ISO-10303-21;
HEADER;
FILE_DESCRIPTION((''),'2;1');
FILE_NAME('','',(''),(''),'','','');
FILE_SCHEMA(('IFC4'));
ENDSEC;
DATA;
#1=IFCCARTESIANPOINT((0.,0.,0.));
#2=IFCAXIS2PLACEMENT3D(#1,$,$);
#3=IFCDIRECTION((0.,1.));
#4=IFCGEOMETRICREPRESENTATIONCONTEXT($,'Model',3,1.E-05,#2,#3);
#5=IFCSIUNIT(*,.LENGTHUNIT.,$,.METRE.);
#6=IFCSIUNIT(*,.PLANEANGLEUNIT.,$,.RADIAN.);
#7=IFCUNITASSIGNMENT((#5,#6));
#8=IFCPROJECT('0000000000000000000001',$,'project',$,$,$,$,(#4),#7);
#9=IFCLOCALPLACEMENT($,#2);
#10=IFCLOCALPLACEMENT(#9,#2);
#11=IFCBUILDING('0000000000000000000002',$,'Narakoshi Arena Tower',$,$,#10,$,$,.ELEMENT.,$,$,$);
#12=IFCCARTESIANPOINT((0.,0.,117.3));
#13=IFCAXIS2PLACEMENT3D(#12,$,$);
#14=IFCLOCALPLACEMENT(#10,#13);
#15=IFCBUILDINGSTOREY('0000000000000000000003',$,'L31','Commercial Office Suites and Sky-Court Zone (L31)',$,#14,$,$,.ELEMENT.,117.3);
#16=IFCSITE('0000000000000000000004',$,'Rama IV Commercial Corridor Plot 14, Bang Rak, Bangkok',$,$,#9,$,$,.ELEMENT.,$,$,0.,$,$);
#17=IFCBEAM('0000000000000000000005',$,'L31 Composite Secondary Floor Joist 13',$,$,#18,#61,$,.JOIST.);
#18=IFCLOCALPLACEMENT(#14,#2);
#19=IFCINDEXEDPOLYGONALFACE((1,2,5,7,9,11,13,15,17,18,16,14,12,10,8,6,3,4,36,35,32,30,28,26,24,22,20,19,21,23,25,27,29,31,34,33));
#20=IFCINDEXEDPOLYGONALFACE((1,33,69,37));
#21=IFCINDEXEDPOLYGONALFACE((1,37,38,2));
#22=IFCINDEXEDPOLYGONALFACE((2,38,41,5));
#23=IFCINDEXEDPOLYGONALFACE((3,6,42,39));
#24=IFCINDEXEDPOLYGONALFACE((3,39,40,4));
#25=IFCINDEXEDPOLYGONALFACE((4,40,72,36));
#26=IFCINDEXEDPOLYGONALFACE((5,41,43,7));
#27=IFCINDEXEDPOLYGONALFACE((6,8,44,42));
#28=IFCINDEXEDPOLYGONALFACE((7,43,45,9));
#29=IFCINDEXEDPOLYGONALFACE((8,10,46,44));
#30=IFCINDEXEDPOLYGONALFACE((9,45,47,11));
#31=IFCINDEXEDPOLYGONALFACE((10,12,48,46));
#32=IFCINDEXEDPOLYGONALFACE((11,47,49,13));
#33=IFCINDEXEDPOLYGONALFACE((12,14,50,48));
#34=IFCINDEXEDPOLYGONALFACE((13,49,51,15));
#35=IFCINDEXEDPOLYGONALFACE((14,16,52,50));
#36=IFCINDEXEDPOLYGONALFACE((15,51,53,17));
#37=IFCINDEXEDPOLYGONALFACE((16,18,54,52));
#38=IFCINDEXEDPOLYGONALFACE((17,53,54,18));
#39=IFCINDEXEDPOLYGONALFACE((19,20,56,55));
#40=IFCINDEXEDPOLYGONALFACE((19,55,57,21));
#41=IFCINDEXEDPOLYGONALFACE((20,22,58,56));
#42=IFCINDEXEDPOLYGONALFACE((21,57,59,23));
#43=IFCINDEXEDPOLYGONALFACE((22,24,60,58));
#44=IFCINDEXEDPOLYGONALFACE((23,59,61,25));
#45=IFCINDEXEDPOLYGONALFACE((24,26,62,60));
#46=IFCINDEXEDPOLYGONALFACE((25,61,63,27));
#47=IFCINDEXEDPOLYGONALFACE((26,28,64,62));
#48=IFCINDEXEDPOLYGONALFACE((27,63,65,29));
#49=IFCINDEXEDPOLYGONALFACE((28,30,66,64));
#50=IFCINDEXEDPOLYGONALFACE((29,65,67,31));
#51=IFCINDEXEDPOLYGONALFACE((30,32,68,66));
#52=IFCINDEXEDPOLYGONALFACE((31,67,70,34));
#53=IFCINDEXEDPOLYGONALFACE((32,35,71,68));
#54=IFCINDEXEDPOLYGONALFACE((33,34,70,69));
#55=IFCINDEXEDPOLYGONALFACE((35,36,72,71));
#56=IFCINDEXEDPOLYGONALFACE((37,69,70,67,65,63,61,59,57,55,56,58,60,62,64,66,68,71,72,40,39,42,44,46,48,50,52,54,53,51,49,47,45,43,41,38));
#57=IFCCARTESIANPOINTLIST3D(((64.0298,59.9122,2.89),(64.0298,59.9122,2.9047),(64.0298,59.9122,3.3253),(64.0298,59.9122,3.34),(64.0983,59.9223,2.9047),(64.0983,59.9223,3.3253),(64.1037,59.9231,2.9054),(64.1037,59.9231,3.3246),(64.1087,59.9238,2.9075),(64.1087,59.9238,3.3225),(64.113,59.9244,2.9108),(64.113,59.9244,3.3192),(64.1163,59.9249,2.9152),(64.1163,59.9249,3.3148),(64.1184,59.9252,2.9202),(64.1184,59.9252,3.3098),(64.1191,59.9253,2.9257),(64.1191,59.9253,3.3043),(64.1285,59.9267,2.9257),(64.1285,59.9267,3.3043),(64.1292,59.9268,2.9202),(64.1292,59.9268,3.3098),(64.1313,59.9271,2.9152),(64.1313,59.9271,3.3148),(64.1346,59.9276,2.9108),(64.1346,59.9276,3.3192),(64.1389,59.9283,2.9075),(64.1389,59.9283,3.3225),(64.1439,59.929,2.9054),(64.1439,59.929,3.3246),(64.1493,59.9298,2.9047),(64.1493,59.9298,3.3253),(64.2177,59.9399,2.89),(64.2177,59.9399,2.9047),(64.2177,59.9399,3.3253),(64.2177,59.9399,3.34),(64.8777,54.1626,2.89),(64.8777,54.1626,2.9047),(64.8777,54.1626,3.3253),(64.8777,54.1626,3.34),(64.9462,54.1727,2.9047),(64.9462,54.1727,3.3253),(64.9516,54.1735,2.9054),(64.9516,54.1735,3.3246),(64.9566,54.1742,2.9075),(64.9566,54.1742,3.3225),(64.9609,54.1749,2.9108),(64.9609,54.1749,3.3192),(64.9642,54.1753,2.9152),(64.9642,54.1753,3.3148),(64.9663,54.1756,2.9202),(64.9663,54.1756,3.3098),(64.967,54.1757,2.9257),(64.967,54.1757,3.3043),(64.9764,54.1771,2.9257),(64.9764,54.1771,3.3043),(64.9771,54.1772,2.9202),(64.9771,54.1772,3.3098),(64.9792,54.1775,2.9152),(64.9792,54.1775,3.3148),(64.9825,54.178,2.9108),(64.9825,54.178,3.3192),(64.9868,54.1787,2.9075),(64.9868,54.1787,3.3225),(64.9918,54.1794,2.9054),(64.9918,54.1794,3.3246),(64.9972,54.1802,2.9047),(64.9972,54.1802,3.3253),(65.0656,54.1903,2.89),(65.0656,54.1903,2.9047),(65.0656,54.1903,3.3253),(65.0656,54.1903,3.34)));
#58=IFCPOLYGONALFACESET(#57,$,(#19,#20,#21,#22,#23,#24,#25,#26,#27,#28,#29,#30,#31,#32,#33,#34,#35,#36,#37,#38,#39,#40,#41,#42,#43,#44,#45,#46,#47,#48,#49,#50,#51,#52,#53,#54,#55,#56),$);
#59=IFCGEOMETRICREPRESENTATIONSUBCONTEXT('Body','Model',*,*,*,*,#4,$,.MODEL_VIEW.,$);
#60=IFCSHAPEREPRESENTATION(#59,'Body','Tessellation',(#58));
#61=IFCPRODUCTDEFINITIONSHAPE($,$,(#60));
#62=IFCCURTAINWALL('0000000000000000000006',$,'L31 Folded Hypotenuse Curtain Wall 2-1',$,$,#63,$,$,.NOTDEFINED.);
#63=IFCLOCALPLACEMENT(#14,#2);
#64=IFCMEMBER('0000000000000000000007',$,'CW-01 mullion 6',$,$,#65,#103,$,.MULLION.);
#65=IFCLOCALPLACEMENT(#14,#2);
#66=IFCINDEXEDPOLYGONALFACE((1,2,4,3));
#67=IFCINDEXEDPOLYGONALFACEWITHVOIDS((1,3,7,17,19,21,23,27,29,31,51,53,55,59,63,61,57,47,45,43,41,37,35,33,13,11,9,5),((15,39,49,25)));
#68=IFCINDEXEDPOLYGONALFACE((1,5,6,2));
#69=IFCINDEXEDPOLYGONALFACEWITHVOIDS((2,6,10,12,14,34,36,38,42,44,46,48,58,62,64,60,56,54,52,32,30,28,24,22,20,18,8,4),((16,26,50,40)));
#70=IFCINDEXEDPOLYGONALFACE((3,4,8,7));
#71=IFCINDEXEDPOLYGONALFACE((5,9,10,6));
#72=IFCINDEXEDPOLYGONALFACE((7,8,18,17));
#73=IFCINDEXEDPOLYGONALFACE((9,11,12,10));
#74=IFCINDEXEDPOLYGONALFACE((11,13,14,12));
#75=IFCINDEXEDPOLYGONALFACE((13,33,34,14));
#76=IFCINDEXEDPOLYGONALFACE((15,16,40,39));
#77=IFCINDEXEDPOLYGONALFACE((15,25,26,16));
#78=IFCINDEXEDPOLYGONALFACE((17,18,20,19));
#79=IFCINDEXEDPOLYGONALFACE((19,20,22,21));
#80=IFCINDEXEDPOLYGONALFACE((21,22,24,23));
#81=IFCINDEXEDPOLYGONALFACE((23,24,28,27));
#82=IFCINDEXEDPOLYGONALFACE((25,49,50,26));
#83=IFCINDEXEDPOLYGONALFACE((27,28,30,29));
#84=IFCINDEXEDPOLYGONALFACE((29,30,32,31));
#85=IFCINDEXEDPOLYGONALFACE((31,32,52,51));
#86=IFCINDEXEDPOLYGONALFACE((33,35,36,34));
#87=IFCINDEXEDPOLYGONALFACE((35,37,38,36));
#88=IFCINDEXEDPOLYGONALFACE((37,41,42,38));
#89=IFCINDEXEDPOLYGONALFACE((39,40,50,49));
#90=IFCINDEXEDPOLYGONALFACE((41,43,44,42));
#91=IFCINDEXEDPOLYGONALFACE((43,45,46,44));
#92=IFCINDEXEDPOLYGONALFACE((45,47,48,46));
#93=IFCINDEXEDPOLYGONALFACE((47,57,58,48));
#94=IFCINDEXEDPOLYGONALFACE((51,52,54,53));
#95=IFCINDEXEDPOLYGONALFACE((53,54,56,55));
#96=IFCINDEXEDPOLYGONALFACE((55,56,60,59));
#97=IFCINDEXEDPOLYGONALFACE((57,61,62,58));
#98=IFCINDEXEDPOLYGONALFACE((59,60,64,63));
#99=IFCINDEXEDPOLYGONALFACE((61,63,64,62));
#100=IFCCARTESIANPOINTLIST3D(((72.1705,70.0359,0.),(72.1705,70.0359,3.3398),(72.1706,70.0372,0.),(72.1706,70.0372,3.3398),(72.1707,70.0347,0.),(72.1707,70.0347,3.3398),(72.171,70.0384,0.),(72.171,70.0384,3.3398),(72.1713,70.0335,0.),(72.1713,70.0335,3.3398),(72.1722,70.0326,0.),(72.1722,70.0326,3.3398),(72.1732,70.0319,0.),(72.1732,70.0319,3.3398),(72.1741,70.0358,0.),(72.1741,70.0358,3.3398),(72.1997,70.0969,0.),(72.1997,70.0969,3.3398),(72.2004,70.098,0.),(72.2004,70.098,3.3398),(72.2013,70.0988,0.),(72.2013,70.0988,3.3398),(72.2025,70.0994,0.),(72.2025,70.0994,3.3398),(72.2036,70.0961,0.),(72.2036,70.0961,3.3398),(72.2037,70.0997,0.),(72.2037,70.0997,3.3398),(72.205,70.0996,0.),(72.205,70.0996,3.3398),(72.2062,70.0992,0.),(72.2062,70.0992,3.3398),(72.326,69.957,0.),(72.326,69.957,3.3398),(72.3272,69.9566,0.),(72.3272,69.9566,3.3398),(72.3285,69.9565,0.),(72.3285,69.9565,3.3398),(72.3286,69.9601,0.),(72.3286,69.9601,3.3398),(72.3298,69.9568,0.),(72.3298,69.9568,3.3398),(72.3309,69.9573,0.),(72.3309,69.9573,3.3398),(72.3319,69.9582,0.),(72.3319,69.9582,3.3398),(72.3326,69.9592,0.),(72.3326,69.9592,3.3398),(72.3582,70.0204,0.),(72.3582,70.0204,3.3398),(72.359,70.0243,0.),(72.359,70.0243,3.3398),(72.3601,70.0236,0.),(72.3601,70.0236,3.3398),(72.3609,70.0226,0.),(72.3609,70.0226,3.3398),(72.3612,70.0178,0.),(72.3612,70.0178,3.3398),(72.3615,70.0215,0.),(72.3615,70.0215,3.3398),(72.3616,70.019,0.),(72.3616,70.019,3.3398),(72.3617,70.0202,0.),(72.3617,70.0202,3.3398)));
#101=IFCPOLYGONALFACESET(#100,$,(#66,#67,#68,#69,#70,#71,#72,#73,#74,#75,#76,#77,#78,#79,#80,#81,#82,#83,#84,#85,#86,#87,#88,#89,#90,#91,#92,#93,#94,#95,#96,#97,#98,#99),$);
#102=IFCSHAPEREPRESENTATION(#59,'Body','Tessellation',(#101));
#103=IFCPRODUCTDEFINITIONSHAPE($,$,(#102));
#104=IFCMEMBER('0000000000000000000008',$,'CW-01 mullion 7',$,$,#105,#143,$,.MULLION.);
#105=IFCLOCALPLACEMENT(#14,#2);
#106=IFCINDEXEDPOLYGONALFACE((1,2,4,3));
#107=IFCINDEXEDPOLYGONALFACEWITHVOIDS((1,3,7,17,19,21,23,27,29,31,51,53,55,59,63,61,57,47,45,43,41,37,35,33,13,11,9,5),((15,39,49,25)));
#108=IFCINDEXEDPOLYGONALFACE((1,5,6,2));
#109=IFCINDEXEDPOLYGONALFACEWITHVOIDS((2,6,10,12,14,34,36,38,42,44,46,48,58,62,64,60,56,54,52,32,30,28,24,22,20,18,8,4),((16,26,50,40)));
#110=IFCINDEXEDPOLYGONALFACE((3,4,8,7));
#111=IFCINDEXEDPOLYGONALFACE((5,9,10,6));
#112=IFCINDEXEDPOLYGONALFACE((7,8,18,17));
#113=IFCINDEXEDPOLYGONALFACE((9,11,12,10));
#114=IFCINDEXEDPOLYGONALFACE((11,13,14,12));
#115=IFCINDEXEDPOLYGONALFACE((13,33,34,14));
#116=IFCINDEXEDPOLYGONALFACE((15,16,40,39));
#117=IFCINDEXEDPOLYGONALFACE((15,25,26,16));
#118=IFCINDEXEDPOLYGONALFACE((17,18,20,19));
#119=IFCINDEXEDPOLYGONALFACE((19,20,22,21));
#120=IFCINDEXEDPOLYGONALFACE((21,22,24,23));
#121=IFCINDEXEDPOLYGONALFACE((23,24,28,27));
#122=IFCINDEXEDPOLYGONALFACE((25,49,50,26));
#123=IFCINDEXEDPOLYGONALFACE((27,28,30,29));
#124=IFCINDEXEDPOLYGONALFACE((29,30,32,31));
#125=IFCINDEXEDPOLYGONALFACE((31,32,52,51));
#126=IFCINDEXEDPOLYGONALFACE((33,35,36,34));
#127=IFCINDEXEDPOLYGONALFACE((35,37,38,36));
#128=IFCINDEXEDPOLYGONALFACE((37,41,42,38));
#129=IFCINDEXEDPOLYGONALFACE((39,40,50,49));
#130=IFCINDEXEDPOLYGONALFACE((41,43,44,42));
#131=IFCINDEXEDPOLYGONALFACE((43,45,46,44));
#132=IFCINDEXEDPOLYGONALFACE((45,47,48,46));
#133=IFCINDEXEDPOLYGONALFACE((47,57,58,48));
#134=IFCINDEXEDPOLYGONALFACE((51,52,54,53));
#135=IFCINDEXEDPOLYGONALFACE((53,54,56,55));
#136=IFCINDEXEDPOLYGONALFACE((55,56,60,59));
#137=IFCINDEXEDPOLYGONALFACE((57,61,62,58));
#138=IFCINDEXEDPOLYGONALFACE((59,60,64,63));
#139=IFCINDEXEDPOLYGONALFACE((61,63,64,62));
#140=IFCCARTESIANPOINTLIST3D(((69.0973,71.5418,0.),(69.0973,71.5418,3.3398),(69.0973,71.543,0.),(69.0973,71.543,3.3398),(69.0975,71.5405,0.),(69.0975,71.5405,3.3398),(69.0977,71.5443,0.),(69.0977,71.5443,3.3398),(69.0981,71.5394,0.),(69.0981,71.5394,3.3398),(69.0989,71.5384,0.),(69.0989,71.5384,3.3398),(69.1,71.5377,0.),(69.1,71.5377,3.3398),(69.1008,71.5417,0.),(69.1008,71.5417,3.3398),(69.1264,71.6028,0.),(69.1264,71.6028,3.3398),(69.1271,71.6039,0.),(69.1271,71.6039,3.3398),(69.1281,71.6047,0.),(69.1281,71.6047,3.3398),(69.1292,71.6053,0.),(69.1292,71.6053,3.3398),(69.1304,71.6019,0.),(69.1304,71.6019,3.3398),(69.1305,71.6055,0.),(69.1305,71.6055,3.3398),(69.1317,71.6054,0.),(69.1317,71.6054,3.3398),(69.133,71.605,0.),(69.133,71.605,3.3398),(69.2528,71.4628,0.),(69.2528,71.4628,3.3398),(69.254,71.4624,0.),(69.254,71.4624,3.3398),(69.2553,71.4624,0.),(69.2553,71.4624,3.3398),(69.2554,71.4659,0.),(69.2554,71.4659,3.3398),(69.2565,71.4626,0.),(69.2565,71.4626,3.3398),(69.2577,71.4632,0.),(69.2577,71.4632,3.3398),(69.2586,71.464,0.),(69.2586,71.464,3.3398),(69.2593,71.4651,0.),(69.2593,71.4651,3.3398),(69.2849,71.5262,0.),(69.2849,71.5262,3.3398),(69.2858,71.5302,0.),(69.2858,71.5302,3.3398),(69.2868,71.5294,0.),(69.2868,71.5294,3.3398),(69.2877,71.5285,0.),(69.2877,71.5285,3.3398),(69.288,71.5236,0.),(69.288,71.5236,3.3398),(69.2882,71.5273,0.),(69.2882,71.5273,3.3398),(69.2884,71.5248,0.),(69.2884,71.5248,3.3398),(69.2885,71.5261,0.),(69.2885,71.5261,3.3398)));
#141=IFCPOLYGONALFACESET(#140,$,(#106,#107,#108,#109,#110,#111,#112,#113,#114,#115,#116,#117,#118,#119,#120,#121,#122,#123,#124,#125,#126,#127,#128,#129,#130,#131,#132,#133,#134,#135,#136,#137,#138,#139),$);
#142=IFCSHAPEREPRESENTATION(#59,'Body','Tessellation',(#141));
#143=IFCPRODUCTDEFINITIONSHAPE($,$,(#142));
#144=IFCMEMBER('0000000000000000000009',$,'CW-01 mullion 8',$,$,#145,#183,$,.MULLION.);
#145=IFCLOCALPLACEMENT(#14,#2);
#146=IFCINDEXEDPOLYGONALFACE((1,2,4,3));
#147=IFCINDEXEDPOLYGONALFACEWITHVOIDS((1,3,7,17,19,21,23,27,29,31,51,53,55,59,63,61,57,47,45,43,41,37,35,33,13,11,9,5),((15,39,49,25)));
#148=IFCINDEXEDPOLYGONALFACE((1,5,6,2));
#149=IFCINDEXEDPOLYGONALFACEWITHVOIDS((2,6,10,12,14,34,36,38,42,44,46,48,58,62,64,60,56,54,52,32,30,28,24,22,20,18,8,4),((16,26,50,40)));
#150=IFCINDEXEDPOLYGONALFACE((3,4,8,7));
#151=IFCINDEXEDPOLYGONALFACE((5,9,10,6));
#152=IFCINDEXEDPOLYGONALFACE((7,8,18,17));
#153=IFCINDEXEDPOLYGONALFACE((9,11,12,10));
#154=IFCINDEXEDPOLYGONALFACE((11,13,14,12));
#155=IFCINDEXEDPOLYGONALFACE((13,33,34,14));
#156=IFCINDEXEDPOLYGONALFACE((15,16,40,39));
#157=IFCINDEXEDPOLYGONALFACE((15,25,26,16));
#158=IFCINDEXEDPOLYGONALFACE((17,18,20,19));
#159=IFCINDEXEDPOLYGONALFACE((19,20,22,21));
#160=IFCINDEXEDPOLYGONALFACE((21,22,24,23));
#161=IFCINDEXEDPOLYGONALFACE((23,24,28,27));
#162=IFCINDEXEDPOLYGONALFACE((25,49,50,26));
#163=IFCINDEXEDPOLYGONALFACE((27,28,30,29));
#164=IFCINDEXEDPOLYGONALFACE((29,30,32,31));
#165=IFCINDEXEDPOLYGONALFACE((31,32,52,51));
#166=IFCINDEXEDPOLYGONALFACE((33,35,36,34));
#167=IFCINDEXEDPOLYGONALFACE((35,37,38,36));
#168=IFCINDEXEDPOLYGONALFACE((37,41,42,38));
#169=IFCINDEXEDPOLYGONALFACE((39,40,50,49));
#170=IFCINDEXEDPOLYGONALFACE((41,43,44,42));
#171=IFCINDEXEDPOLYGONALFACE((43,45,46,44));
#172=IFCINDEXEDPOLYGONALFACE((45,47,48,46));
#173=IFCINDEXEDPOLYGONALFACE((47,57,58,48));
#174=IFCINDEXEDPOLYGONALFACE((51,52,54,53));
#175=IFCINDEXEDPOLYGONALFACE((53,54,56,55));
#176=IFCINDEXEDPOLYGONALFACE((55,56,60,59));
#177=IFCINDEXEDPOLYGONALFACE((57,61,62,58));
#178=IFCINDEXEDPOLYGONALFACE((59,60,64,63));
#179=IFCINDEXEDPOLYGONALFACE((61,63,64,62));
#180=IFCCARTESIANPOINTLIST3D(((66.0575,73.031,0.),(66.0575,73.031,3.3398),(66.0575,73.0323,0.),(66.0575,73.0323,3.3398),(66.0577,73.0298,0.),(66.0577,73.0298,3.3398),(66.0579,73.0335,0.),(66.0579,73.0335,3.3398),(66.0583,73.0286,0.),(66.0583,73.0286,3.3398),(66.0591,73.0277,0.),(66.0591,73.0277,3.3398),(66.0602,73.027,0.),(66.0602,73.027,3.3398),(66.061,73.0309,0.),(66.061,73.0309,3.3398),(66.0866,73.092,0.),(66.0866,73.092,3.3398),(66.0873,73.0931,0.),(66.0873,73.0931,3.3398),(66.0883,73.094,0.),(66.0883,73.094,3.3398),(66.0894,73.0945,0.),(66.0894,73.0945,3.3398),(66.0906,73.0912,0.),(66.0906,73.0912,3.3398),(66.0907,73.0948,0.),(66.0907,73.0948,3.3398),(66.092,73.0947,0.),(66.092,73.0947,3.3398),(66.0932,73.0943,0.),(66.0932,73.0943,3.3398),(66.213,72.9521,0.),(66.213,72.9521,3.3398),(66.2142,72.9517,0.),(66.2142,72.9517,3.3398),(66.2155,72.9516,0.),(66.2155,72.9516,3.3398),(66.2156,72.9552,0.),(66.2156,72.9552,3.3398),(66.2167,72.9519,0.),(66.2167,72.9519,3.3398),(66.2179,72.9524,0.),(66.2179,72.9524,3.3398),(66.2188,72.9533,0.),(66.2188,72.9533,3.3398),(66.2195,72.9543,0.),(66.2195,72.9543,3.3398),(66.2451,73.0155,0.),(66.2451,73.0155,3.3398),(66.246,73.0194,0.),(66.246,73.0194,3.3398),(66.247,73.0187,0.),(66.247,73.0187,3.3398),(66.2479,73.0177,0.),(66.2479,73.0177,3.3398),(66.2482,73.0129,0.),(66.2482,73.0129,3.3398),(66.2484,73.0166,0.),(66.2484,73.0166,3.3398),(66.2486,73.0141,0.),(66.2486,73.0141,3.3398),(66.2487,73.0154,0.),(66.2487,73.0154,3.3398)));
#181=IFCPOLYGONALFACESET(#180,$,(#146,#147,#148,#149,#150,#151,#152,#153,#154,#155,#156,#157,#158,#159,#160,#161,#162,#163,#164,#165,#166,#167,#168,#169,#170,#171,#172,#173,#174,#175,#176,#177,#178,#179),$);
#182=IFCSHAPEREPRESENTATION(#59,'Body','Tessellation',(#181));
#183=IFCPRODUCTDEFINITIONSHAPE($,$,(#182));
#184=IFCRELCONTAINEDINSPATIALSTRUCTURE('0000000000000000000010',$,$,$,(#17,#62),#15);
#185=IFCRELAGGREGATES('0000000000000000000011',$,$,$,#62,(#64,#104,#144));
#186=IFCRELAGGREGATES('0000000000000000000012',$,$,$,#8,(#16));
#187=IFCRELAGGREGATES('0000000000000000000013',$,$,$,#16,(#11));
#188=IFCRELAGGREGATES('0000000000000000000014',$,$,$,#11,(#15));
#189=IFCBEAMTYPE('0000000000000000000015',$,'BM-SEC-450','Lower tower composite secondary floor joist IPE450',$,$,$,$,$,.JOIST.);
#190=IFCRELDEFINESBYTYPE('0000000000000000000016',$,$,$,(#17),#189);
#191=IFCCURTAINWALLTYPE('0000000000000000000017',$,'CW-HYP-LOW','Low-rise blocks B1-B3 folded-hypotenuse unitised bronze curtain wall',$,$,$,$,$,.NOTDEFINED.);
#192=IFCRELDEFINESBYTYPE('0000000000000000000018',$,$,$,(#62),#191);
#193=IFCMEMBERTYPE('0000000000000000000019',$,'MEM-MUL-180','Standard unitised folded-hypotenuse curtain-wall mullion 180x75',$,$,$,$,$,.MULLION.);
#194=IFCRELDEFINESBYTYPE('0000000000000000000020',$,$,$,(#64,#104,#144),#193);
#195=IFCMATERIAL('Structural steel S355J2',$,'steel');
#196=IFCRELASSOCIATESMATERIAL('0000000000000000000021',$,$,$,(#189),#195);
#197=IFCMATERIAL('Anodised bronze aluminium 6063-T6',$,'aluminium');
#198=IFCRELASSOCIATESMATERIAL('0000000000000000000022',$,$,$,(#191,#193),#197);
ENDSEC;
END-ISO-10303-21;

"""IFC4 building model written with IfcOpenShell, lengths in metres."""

from ifc_helpers import new_model, si_unit, direction, frame, origin, origin_2d, place, context, subcontext, project, spatial, hollow_rectangle, i_section, extrude, material, material_profile, profile_set, type_object, element, aggregate, save


model = new_model("IFC4")

# Units and contexts
model_context = context("Model", 3, precision=1e-05, world=origin(), true_north=direction((0.0, 1.0)))
body_context = subcontext(model_context, "Body", "Model", "MODEL_VIEW")
ifc_project = project(units=[si_unit("LENGTHUNIT", "METRE"), si_unit("PLANEANGLEUNIT", "RADIAN")], contexts=[model_context])

# Site, building, storey
site_placement = place(None, origin())
site = spatial("IfcSite", under=ifc_project, at=site_placement, Name="Rama IV Commercial Corridor Plot 14, Bang Rak, Bangkok", CompositionType="ELEMENT", RefElevation=0.0)
building_placement = place(site_placement, origin())
building = spatial("IfcBuilding", under=site, at=building_placement, Name="Narakoshi Arena Tower", CompositionType="ELEMENT")
storey_placement = place(building_placement, frame((0.0, 0.0, 117.3)))
storey = spatial("IfcBuildingStorey", under=building, at=storey_placement, Name="L31", Description="Commercial Office Suites and Sky-Court Zone (L31)", CompositionType="ELEMENT", Elevation=117.3)

# Beam
ifc_material_1 = material(Name="Structural steel S355J2", Category="steel")
ifc_material_profile_1 = material_profile(ifc_material_1, i_section(OverallWidth=0.1899, OverallDepth=0.45, WebThickness=0.0095, FlangeThickness=0.0146, FilletRadius=0.021, at=origin_2d()), Name="IPE450")
ifc_profile_set_1 = profile_set([ifc_material_profile_1], Name="Structural steel S355J2")
beam_type_1 = type_object("IfcBeamType", Name="BM-SEC-450", Description="Lower tower composite secondary floor joist IPE450", PredefinedType="JOIST", material=ifc_profile_set_1)
beam_1_placement = place(storey_placement, frame((64.1238, 59.926, 3.115), z_axis=(0.145895, -0.9893, 0.0), x_axis=(0.9893, 0.145895, 0.0)))
element("IfcBeam", 1, at=beam_1_placement, inside=storey, type_object=beam_type_1, Name="L31 Composite Secondary Floor Joist 13", PredefinedType="JOIST", context=body_context, shape_type="SweptSolid", body=[
    extrude(i_section(OverallWidth=0.1899, OverallDepth=0.45, WebThickness=0.0095, FlangeThickness=0.0146, FilletRadius=0.021, at=origin_2d()), origin(), (0.0, 0.0, 1.0), 5.8118),
])

# Curtain wall, members
ifc_material_2 = material(Name="Anodised bronze aluminium 6063-T6", Category="aluminium")
curtain_wall_type = type_object("IfcCurtainWallType", Name="CW-HYP-LOW", Description="Low-rise blocks B1-B3 folded-hypotenuse unitised bronze curtain wall", PredefinedType="NOTDEFINED", material=ifc_material_2)
curtain_wall_placement = place(storey_placement, origin())
curtain_wall = element("IfcCurtainWall", 2, at=curtain_wall_placement, inside=storey, type_object=curtain_wall_type, Name="L31 Folded Hypotenuse Curtain Wall 2-1", PredefinedType="NOTDEFINED")
ifc_material_profile_2 = material_profile(ifc_material_2, hollow_rectangle(XDim=0.075, YDim=0.1799, WallThickness=0.0039, OuterFilletRadius=0.0049, at=origin_2d()), Name="MUL180x75x4")
ifc_profile_set_2 = profile_set([ifc_material_profile_2], Name="Anodised bronze aluminium 6063-T6")
member_type_1 = type_object("IfcMemberType", Name="MEM-MUL-180", Description="Standard unitised folded-hypotenuse curtain-wall mullion 180x75", PredefinedType="MULLION", material=ifc_profile_set_2)
member_1_placement = place(storey_placement, frame((72.2661, 70.0281, 0.0), z_axis=(0.0, 0.0, 1.0), x_axis=(-0.440005, -0.897996, 0.0)))
member_1 = element("IfcMember", 3, at=member_1_placement, type_object=member_type_1, Name="CW-01 mullion 6", PredefinedType="MULLION", context=body_context, shape_type="SweptSolid", body=[
    extrude(hollow_rectangle(XDim=0.075, YDim=0.1799, WallThickness=0.0039, OuterFilletRadius=0.0049, at=origin_2d()), origin(), (0.0, 0.0, 1.0), 3.3398),
])
member_2_placement = place(storey_placement, frame((69.1929, 71.5339, 0.0), z_axis=(0.0, 0.0, 1.0), x_axis=(-0.440005, -0.897996, 0.0)))
member_2 = element("IfcMember", 4, at=member_2_placement, type_object=member_type_1, Name="CW-01 mullion 7", PredefinedType="MULLION", context=body_context, shape_type="SweptSolid", body=[
    extrude(hollow_rectangle(XDim=0.075, YDim=0.1799, WallThickness=0.0039, OuterFilletRadius=0.0049, at=origin_2d()), origin(), (0.0, 0.0, 1.0), 3.3398),
])
member_3_placement = place(storey_placement, frame((66.1531, 73.0232, 0.0), z_axis=(0.0, 0.0, 1.0), x_axis=(-0.440005, -0.897996, 0.0)))
member_3 = element("IfcMember", 5, at=member_3_placement, type_object=member_type_1, Name="CW-01 mullion 8", PredefinedType="MULLION", context=body_context, shape_type="SweptSolid", body=[
    extrude(hollow_rectangle(XDim=0.075, YDim=0.1799, WallThickness=0.0039, OuterFilletRadius=0.0049, at=origin_2d()), origin(), (0.0, 0.0, 1.0), 3.3398),
])
aggregate(curtain_wall, [member_1, member_2, member_3])

save(model, "model.ifc")
